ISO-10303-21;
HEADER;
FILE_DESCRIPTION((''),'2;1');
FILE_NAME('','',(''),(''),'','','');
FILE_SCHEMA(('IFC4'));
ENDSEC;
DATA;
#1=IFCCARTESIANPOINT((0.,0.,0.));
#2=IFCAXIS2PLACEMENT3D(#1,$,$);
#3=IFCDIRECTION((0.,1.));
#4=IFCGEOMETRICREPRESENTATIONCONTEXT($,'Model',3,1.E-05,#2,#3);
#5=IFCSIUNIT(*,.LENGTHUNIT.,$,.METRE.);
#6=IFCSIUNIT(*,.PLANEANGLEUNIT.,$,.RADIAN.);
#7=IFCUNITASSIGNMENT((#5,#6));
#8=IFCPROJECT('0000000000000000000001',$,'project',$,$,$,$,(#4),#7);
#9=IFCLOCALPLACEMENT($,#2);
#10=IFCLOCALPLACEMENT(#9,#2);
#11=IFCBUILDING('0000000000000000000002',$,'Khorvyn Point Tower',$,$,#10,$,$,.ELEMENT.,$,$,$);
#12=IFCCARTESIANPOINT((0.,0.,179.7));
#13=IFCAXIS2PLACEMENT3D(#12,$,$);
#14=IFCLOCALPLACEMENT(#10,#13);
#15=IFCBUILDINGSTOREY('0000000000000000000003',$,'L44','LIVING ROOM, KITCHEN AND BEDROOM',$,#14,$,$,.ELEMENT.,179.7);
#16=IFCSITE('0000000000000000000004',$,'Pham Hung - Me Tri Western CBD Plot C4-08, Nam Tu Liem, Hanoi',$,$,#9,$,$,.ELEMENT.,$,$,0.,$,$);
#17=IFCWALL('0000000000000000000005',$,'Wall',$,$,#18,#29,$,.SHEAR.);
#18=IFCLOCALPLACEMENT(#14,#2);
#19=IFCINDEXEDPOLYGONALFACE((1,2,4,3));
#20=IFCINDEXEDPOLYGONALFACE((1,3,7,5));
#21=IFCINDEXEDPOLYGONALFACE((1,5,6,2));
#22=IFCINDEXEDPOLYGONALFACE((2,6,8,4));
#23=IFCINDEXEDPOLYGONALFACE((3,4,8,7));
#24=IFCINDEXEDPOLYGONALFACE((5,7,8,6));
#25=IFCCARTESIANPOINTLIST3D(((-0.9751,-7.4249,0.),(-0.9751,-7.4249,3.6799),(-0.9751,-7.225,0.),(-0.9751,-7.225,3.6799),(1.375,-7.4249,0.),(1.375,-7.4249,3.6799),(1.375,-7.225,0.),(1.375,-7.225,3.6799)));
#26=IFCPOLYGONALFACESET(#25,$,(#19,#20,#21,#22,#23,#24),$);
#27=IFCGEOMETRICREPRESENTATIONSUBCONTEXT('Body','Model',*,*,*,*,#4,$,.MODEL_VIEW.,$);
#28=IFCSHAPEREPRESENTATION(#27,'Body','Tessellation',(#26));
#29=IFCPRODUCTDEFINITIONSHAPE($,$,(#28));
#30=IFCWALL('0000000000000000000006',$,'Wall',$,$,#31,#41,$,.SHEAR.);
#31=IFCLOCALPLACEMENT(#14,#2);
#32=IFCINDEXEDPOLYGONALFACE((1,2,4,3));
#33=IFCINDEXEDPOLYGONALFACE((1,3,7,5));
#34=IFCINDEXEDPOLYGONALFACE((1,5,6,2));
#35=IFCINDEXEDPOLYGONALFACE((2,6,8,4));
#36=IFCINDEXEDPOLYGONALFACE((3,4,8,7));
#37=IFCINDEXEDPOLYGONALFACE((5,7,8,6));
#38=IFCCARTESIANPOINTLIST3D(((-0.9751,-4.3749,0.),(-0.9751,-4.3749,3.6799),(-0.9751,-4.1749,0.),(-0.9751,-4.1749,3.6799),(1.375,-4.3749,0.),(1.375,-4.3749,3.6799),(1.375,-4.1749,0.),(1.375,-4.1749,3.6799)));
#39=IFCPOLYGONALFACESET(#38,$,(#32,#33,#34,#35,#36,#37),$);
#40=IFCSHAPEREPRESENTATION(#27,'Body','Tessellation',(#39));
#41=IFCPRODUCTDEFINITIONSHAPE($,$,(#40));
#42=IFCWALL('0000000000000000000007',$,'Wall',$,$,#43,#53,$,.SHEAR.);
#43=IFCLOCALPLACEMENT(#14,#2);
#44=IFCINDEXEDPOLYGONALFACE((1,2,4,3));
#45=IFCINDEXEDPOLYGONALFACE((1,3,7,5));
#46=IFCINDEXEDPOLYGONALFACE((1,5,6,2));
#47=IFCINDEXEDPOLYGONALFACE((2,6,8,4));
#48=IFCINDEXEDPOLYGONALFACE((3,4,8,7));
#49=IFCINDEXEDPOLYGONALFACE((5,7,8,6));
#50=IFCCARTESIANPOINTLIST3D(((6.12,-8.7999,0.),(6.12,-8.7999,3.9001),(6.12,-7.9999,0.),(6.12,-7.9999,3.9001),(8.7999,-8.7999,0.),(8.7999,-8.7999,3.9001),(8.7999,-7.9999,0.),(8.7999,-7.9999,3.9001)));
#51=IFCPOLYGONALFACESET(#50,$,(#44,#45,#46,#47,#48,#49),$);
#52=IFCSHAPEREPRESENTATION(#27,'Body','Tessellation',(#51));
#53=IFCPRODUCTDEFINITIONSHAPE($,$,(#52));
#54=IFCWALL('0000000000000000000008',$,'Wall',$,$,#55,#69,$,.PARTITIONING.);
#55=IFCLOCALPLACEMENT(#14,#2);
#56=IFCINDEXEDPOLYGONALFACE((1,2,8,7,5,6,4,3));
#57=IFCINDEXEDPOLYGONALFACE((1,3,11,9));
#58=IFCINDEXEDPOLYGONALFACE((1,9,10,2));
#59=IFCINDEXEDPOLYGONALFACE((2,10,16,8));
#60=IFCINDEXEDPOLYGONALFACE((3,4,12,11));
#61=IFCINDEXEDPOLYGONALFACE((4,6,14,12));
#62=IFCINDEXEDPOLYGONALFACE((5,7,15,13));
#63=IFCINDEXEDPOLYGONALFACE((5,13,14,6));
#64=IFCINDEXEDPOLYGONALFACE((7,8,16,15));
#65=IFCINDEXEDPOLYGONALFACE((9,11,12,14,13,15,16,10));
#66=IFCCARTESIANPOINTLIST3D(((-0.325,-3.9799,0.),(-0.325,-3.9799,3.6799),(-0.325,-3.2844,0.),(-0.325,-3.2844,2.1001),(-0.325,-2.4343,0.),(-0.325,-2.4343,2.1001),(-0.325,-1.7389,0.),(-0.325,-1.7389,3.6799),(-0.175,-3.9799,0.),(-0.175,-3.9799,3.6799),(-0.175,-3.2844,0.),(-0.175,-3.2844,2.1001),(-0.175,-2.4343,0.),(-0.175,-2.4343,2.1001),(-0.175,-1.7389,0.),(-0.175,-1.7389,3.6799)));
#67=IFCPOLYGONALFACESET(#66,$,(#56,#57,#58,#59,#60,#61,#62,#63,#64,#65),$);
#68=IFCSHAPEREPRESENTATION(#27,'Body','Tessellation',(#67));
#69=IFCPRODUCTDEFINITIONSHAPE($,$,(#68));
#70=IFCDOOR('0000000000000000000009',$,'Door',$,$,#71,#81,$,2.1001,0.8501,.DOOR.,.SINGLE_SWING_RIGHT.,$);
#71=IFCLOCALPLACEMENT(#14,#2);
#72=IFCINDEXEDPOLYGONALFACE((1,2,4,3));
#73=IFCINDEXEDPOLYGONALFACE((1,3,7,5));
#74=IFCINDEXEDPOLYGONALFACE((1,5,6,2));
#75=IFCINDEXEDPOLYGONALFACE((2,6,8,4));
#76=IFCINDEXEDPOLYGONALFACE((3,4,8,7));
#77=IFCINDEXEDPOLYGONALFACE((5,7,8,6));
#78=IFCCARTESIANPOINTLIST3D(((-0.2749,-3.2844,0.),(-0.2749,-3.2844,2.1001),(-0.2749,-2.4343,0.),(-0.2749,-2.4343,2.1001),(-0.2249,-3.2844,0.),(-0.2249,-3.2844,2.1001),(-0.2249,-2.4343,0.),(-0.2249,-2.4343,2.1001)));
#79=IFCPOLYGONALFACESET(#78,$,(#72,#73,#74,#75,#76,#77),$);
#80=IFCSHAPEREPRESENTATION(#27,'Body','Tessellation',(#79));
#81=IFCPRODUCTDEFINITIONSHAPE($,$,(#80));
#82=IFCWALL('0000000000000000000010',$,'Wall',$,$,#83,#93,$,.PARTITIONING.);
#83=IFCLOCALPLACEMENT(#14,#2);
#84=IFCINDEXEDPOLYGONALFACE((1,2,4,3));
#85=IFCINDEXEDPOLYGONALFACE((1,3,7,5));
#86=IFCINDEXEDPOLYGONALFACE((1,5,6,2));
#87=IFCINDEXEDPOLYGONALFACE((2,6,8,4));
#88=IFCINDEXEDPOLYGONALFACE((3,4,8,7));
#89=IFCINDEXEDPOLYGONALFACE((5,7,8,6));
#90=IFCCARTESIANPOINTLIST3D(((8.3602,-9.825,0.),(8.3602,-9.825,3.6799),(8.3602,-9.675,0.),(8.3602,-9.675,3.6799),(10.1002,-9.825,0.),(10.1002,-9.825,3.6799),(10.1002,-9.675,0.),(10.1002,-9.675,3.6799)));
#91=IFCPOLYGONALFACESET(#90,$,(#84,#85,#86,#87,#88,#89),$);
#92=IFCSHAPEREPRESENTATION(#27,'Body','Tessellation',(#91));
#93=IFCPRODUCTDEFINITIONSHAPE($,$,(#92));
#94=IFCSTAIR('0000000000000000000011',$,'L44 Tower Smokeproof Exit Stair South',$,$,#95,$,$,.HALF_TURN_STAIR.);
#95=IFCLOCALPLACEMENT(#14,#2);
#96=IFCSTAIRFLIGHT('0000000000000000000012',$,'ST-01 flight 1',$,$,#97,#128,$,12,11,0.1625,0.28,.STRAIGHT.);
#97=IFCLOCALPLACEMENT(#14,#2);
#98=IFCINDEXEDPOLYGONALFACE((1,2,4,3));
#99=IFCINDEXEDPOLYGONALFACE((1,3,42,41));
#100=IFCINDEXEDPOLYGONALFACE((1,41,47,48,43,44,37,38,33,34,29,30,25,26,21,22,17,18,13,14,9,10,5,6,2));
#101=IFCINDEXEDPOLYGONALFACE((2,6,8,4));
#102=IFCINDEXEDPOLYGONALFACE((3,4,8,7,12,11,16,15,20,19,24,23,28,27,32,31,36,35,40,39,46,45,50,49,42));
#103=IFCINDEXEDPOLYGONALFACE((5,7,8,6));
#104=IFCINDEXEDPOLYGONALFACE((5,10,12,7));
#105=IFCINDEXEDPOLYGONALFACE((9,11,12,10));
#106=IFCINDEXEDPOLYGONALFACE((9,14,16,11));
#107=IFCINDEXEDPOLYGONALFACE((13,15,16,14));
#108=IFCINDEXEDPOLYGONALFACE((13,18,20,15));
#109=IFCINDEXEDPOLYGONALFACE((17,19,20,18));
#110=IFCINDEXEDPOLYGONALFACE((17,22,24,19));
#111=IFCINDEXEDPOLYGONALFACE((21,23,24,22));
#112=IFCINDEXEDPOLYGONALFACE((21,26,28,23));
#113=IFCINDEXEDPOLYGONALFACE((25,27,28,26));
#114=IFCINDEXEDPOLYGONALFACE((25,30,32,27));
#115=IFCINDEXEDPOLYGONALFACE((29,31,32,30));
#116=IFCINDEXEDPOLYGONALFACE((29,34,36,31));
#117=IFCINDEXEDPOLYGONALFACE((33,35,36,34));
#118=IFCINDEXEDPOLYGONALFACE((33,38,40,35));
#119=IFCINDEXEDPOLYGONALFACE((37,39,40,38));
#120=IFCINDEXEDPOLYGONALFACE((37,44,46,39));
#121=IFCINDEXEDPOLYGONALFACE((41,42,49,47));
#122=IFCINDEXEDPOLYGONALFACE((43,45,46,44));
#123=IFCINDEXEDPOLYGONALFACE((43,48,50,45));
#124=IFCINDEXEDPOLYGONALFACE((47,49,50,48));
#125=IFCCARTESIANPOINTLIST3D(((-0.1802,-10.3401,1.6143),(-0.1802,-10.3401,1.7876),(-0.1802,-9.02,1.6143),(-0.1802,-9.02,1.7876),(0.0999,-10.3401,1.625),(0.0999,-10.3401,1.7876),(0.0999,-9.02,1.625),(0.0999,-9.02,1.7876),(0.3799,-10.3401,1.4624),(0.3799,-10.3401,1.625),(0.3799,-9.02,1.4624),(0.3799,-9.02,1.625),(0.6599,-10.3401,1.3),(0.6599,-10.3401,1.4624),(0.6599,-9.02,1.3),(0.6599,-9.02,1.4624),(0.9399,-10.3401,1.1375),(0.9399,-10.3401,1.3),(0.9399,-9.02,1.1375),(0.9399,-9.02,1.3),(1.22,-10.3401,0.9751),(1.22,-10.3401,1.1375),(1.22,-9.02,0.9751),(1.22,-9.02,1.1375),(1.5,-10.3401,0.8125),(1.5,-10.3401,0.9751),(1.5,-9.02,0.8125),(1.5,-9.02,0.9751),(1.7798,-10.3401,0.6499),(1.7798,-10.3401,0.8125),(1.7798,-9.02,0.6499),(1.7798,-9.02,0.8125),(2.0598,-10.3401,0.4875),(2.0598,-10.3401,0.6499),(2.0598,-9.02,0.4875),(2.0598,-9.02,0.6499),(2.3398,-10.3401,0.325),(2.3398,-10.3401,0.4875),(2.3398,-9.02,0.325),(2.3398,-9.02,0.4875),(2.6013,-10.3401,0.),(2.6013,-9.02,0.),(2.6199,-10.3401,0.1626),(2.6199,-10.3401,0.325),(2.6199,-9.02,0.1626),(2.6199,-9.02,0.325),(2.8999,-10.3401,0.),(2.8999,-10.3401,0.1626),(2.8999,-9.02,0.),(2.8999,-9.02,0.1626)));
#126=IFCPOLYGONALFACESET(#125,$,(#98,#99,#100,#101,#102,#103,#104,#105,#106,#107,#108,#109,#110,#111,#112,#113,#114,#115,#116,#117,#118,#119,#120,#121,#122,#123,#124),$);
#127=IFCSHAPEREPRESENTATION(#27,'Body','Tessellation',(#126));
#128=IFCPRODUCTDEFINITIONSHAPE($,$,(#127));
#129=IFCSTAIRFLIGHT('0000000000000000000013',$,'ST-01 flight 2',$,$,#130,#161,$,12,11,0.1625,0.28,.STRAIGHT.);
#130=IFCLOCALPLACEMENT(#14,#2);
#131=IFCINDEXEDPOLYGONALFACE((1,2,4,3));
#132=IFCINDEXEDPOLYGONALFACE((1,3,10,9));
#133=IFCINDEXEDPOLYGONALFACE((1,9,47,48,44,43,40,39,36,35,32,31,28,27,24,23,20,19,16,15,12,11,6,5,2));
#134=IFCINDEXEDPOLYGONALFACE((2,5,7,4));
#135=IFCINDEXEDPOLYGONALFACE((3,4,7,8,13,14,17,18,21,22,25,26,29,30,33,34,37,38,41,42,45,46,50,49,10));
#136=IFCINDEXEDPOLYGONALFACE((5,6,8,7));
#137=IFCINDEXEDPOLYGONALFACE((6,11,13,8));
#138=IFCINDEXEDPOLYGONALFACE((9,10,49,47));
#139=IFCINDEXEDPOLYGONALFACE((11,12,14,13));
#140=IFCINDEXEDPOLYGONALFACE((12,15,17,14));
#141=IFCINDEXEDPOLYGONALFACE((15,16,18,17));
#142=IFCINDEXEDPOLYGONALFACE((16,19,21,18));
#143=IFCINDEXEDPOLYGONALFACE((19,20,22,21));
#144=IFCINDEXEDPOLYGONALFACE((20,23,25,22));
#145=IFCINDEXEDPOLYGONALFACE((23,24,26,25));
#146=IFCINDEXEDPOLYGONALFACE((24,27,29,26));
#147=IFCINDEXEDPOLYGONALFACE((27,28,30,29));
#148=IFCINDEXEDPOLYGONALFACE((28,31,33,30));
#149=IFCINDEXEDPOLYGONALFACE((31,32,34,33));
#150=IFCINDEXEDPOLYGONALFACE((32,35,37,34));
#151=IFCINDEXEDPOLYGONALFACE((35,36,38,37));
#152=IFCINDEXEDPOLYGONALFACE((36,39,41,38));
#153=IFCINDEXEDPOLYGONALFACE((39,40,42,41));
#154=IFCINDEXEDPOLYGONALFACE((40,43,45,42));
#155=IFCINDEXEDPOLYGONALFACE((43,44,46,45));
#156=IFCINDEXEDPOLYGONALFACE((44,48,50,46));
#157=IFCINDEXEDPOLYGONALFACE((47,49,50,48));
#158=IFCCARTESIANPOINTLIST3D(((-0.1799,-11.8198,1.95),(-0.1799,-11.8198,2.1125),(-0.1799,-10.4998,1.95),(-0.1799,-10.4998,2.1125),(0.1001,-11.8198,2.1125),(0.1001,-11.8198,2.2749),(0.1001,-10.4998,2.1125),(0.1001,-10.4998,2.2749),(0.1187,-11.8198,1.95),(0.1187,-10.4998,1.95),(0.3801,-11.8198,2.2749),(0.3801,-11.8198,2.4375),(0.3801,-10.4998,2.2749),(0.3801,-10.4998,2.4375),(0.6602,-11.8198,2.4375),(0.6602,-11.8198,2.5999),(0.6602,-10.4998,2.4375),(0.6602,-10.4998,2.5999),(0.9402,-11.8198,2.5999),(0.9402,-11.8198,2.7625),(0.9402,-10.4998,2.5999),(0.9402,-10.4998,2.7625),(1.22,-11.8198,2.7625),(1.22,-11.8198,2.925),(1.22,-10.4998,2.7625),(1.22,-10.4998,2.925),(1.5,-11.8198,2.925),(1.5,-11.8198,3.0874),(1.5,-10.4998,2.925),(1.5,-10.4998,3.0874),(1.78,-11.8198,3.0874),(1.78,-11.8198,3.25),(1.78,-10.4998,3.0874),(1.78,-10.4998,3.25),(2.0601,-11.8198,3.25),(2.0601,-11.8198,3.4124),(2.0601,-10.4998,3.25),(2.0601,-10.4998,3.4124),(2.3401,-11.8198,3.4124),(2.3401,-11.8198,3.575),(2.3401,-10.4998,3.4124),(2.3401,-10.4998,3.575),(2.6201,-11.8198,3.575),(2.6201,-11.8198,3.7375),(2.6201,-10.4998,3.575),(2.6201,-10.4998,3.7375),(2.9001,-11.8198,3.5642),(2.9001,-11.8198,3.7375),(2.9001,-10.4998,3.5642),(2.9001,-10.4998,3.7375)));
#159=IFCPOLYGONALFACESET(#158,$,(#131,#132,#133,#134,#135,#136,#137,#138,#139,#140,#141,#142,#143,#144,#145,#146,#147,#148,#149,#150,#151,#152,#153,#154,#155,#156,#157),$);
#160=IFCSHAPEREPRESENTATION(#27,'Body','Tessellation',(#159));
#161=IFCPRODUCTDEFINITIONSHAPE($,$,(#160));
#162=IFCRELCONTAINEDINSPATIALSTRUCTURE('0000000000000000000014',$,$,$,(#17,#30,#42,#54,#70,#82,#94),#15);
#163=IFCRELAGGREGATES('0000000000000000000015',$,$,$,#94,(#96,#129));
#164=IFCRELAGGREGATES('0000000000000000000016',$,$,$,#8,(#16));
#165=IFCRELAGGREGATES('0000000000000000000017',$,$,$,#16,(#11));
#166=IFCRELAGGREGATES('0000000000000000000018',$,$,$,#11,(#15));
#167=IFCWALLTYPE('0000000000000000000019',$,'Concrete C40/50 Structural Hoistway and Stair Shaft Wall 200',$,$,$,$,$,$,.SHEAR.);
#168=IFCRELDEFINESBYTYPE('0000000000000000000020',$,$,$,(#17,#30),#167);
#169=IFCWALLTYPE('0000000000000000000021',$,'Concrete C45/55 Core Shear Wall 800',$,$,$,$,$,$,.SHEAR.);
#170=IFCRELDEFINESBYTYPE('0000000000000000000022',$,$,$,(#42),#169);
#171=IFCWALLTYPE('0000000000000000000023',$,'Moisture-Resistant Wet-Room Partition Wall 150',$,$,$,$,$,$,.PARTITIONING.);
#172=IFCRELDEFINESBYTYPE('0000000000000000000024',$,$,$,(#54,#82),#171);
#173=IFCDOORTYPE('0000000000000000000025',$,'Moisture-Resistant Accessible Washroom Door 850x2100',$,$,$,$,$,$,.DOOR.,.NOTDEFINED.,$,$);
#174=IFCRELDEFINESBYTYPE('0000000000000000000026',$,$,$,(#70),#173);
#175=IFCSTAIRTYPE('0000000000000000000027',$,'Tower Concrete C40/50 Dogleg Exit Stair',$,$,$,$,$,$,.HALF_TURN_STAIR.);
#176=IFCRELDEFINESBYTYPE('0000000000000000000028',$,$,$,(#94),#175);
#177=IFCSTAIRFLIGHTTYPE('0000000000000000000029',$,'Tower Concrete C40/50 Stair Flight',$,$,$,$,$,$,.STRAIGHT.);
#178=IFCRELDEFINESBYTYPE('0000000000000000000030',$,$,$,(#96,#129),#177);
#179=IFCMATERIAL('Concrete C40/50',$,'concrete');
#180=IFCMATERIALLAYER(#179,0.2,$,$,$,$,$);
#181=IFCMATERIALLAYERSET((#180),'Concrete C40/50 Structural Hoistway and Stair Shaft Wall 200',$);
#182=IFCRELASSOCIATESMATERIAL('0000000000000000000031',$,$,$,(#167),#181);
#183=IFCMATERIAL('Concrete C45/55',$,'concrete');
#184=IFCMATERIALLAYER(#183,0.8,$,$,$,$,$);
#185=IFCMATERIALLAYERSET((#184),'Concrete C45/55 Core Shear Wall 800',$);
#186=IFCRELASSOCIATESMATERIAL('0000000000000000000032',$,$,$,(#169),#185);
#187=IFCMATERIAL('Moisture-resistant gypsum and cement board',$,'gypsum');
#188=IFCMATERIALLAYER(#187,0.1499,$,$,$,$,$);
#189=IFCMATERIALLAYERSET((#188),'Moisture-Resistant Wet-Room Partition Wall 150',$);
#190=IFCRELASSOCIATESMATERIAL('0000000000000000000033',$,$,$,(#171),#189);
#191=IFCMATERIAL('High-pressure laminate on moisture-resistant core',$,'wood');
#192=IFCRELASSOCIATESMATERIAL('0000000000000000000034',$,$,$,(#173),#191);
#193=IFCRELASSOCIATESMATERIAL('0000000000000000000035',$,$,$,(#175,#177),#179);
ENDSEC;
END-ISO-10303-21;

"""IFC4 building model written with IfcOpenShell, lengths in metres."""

from ifc_helpers import new_model, si_unit, direction, frame, frame_2d, origin, place, context, subcontext, project, spatial, polyline, rectangle, outline, extrude, material, layer, layer_set, type_object, element, fill, aggregate, save


model = new_model("IFC4")

# Units and contexts
model_context = context("Model", 3, precision=1e-05, world=origin(), true_north=direction((0.0, 1.0)))
body_context = subcontext(model_context, "Body", "Model", "MODEL_VIEW")
ifc_project = project(units=[si_unit("LENGTHUNIT", "METRE"), si_unit("PLANEANGLEUNIT", "RADIAN")], contexts=[model_context])

# Site, building, storey
site_placement = place(None, origin())
site = spatial("IfcSite", under=ifc_project, at=site_placement, Name="Pham Hung - Me Tri Western CBD Plot C4-08, Nam Tu Liem, Hanoi", CompositionType="ELEMENT", RefElevation=0.0)
building_placement = place(site_placement, origin())
building = spatial("IfcBuilding", under=site, at=building_placement, Name="Khorvyn Point Tower", CompositionType="ELEMENT")
storey_placement = place(building_placement, frame((0.0, 0.0, 179.7)))
storey = spatial("IfcBuildingStorey", under=building, at=storey_placement, Name="L44", Description="LIVING ROOM, KITCHEN AND BEDROOM", CompositionType="ELEMENT", Elevation=179.7)

# Shared definitions
ifc_material_1 = material(Name="Concrete C40/50", Category="concrete")

# Shared definitions
ifc_material_2 = material(Name="Concrete C45/55", Category="concrete")

# Shared definitions
ifc_layer_1 = layer(ifc_material_1, 0.2)
ifc_layer_set_1 = layer_set([ifc_layer_1], Name="Concrete C40/50 Structural Hoistway and Stair Shaft Wall 200")
wall_type_1 = type_object("IfcWallType", Name="Concrete C40/50 Structural Hoistway and Stair Shaft Wall 200", PredefinedType="SHEAR", material=ifc_layer_set_1)

# Walls
for number, where, z_axis, x_axis, name in (
    (1, (-0.9751, -7.325, 0.0), (0.0, 0.0, 1.0), (1.0, 0.0, 0.0), "Wall"),
    (2, (-0.9751, -4.2749, 0.0), (0.0, 0.0, 1.0), (1.0, 0.0, 0.0), "Wall"),
):
    element("IfcWall", number, at=place(storey_placement, frame(where, z_axis=z_axis, x_axis=x_axis)), inside=storey, type_object=wall_type_1, Name=name, PredefinedType="SHEAR", context=body_context, shape_type="SweptSolid", body=[
        extrude(rectangle(XDim=2.3501, YDim=0.2, at=frame_2d((1.175, 0.0))), origin(), (0.0, 0.0, 1.0), 3.6799),
    ])
ifc_layer_2 = layer(ifc_material_2, 0.8)
ifc_layer_set_2 = layer_set([ifc_layer_2], Name="Concrete C45/55 Core Shear Wall 800")
wall_type_2 = type_object("IfcWallType", Name="Concrete C45/55 Core Shear Wall 800", PredefinedType="SHEAR", material=ifc_layer_set_2)
wall_1_placement = place(storey_placement, frame((6.1201, -8.3999, 0.0), z_axis=(0.0, 0.0, 1.0), x_axis=(1.0, 0.0, 0.0)))
element("IfcWall", 3, at=wall_1_placement, inside=storey, type_object=wall_type_2, Name="Wall", PredefinedType="SHEAR", context=body_context, shape_type="SweptSolid", body=[
    extrude(rectangle(XDim=2.6799, YDim=0.8, at=frame_2d((1.3398, 0.0))), origin(), (0.0, 0.0, 1.0), 3.9001),
])

# Wall, opening, door
ifc_material_3 = material(Name="Moisture-resistant gypsum and cement board", Category="gypsum")
ifc_layer_3 = layer(ifc_material_3, 0.1499)
ifc_layer_set_3 = layer_set([ifc_layer_3], Name="Moisture-Resistant Wet-Room Partition Wall 150")
wall_type_3 = type_object("IfcWallType", Name="Moisture-Resistant Wet-Room Partition Wall 150", PredefinedType="PARTITIONING", material=ifc_layer_set_3)
wall_2_placement = place(storey_placement, frame((-0.25, -3.98, 0.0), z_axis=(0.0, 0.0, 1.0), x_axis=(0.0, 1.0, 0.0)))
wall_2 = element("IfcWall", 4, at=wall_2_placement, inside=storey, type_object=wall_type_3, Name="Wall", PredefinedType="PARTITIONING", context=body_context, shape_type="SweptSolid", body=[
    extrude(rectangle(XDim=2.241, YDim=0.1499, at=frame_2d((1.1206, 0.0))), origin(), (0.0, 0.0, 1.0), 3.6799),
])
opening_1_placement = place(wall_2_placement, frame((0.6956, 0.0, 0.0)))
opening_1 = element("IfcOpeningElement", 5, at=opening_1_placement, cuts=wall_2, PredefinedType="OPENING", context=body_context, shape_type="SweptSolid", body=[
    extrude(rectangle(XDim=0.8501, YDim=2.1001, at=frame_2d((0.425, 1.05))), frame((0.0, 0.085, 0.0), z_axis=(0.0, -1.0, 0.0), x_axis=(1.0, 0.0, 0.0)), (0.0, 0.0, 1.0), 0.1699),
])
ifc_material_4 = material(Name="High-pressure laminate on moisture-resistant core", Category="wood")
door_type_1 = type_object("IfcDoorType", Name="Moisture-Resistant Accessible Washroom Door 850x2100", OperationType="NOTDEFINED", PredefinedType="DOOR", material=ifc_material_4)
door_1_placement = place(opening_1_placement, origin())
door_1 = element("IfcDoor", 6, at=door_1_placement, inside=storey, type_object=door_type_1, Name="Door", OperationType="SINGLE_SWING_RIGHT", OverallHeight=2.1001, OverallWidth=0.8501, PredefinedType="DOOR", context=body_context, shape_type="SweptSolid", body=[
    extrude(rectangle(XDim=0.8501, YDim=2.1001, at=frame_2d((0.425, 1.05))), frame((0.0, 0.0249, 0.0), z_axis=(0.0, -1.0, 0.0), x_axis=(1.0, 0.0, 0.0)), (0.0, 0.0, 1.0), 0.05),
])
fill(opening_1, door_1)

# Wall
wall_3_placement = place(storey_placement, frame((8.3601, -9.75, 0.0), z_axis=(0.0, 0.0, 1.0), x_axis=(1.0, 0.0, 0.0)))
element("IfcWall", 7, at=wall_3_placement, inside=storey, type_object=wall_type_3, Name="Wall", PredefinedType="PARTITIONING", context=body_context, shape_type="SweptSolid", body=[
    extrude(rectangle(XDim=1.74, YDim=0.1499, at=frame_2d((0.8701, 0.0))), origin(), (0.0, 0.0, 1.0), 3.6799),
])

# Stair, stair flights
stair_type = type_object("IfcStairType", Name="Tower Concrete C40/50 Dogleg Exit Stair", PredefinedType="HALF_TURN_STAIR", material=ifc_material_1)
stair_placement = place(storey_placement, origin())
stair = element("IfcStair", 8, at=stair_placement, inside=storey, type_object=stair_type, Name="L44 Tower Smokeproof Exit Stair South", PredefinedType="HALF_TURN_STAIR")
stair_flight_type = type_object("IfcStairFlightType", Name="Tower Concrete C40/50 Stair Flight", PredefinedType="STRAIGHT", material=ifc_material_1)
stair_flight_1_placement = place(storey_placement, frame((2.8999, -9.6799, 0.0), z_axis=(0.0, 0.0, 1.0), x_axis=(-1.0, 0.0, 0.0)))
stair_flight_1 = element("IfcStairFlight", 9, at=stair_flight_1_placement, type_object=stair_flight_type, Name="ST-01 flight 1", NumberOfRisers=12, NumberOfTreads=11, PredefinedType="STRAIGHT", RiserHeight=0.1625, TreadLength=0.28, context=body_context, shape_type="SweptSolid", body=[
    extrude(outline(polyline([(0.0, 0.0), (0.0, 0.1626), (0.28, 0.1626), (0.28, 0.325), (0.5601, 0.325), (0.5601, 0.4875), (0.8401, 0.4875), (0.8401, 0.6499), (1.1201, 0.6499), (1.1201, 0.8125), (1.3999, 0.8125), (1.3999, 0.9751), (1.6799, 0.9751), (1.6799, 1.1375), (1.96, 1.1375), (1.96, 1.3), (2.24, 1.3), (2.24, 1.4624), (2.52, 1.4624), (2.52, 1.625), (2.8, 1.625), (2.8, 1.7876), (3.0801, 1.7876), (3.0801, 1.95), (3.0801, 1.6143), (0.2986, 0.0), (0.0, 0.0)])), frame((0.0, 0.6602, 0.0), z_axis=(0.0, -1.0, 0.0), x_axis=(1.0, 0.0, 0.0)), (0.0, 0.0, 1.0), 1.3201),
])
stair_flight_2_placement = place(storey_placement, frame((-0.1799, -11.1599, 1.95), z_axis=(0.0, 0.0, 1.0), x_axis=(1.0, 0.0, 0.0)))
stair_flight_2 = element("IfcStairFlight", 10, at=stair_flight_2_placement, type_object=stair_flight_type, Name="ST-01 flight 2", NumberOfRisers=12, NumberOfTreads=11, PredefinedType="STRAIGHT", RiserHeight=0.1625, TreadLength=0.28, context=body_context, shape_type="SweptSolid", body=[
    extrude(outline(polyline([(0.0, 0.0), (0.0, 0.1626), (0.28, 0.1626), (0.28, 0.325), (0.5601, 0.325), (0.5601, 0.4875), (0.8401, 0.4875), (0.8401, 0.6499), (1.1201, 0.6499), (1.1201, 0.8125), (1.3999, 0.8125), (1.3999, 0.9751), (1.6799, 0.9751), (1.6799, 1.1375), (1.96, 1.1375), (1.96, 1.3), (2.24, 1.3), (2.24, 1.4624), (2.52, 1.4624), (2.52, 1.625), (2.8, 1.625), (2.8, 1.7876), (3.0801, 1.7876), (3.0801, 1.95), (3.0801, 1.6143), (0.2986, 0.0), (0.0, 0.0)])), frame((0.0, 0.6602, 0.0), z_axis=(0.0, -1.0, 0.0), x_axis=(1.0, 0.0, 0.0)), (0.0, 0.0, 1.0), 1.3201),
])
aggregate(stair, [stair_flight_1, stair_flight_2])

save(model, "model.ifc")
